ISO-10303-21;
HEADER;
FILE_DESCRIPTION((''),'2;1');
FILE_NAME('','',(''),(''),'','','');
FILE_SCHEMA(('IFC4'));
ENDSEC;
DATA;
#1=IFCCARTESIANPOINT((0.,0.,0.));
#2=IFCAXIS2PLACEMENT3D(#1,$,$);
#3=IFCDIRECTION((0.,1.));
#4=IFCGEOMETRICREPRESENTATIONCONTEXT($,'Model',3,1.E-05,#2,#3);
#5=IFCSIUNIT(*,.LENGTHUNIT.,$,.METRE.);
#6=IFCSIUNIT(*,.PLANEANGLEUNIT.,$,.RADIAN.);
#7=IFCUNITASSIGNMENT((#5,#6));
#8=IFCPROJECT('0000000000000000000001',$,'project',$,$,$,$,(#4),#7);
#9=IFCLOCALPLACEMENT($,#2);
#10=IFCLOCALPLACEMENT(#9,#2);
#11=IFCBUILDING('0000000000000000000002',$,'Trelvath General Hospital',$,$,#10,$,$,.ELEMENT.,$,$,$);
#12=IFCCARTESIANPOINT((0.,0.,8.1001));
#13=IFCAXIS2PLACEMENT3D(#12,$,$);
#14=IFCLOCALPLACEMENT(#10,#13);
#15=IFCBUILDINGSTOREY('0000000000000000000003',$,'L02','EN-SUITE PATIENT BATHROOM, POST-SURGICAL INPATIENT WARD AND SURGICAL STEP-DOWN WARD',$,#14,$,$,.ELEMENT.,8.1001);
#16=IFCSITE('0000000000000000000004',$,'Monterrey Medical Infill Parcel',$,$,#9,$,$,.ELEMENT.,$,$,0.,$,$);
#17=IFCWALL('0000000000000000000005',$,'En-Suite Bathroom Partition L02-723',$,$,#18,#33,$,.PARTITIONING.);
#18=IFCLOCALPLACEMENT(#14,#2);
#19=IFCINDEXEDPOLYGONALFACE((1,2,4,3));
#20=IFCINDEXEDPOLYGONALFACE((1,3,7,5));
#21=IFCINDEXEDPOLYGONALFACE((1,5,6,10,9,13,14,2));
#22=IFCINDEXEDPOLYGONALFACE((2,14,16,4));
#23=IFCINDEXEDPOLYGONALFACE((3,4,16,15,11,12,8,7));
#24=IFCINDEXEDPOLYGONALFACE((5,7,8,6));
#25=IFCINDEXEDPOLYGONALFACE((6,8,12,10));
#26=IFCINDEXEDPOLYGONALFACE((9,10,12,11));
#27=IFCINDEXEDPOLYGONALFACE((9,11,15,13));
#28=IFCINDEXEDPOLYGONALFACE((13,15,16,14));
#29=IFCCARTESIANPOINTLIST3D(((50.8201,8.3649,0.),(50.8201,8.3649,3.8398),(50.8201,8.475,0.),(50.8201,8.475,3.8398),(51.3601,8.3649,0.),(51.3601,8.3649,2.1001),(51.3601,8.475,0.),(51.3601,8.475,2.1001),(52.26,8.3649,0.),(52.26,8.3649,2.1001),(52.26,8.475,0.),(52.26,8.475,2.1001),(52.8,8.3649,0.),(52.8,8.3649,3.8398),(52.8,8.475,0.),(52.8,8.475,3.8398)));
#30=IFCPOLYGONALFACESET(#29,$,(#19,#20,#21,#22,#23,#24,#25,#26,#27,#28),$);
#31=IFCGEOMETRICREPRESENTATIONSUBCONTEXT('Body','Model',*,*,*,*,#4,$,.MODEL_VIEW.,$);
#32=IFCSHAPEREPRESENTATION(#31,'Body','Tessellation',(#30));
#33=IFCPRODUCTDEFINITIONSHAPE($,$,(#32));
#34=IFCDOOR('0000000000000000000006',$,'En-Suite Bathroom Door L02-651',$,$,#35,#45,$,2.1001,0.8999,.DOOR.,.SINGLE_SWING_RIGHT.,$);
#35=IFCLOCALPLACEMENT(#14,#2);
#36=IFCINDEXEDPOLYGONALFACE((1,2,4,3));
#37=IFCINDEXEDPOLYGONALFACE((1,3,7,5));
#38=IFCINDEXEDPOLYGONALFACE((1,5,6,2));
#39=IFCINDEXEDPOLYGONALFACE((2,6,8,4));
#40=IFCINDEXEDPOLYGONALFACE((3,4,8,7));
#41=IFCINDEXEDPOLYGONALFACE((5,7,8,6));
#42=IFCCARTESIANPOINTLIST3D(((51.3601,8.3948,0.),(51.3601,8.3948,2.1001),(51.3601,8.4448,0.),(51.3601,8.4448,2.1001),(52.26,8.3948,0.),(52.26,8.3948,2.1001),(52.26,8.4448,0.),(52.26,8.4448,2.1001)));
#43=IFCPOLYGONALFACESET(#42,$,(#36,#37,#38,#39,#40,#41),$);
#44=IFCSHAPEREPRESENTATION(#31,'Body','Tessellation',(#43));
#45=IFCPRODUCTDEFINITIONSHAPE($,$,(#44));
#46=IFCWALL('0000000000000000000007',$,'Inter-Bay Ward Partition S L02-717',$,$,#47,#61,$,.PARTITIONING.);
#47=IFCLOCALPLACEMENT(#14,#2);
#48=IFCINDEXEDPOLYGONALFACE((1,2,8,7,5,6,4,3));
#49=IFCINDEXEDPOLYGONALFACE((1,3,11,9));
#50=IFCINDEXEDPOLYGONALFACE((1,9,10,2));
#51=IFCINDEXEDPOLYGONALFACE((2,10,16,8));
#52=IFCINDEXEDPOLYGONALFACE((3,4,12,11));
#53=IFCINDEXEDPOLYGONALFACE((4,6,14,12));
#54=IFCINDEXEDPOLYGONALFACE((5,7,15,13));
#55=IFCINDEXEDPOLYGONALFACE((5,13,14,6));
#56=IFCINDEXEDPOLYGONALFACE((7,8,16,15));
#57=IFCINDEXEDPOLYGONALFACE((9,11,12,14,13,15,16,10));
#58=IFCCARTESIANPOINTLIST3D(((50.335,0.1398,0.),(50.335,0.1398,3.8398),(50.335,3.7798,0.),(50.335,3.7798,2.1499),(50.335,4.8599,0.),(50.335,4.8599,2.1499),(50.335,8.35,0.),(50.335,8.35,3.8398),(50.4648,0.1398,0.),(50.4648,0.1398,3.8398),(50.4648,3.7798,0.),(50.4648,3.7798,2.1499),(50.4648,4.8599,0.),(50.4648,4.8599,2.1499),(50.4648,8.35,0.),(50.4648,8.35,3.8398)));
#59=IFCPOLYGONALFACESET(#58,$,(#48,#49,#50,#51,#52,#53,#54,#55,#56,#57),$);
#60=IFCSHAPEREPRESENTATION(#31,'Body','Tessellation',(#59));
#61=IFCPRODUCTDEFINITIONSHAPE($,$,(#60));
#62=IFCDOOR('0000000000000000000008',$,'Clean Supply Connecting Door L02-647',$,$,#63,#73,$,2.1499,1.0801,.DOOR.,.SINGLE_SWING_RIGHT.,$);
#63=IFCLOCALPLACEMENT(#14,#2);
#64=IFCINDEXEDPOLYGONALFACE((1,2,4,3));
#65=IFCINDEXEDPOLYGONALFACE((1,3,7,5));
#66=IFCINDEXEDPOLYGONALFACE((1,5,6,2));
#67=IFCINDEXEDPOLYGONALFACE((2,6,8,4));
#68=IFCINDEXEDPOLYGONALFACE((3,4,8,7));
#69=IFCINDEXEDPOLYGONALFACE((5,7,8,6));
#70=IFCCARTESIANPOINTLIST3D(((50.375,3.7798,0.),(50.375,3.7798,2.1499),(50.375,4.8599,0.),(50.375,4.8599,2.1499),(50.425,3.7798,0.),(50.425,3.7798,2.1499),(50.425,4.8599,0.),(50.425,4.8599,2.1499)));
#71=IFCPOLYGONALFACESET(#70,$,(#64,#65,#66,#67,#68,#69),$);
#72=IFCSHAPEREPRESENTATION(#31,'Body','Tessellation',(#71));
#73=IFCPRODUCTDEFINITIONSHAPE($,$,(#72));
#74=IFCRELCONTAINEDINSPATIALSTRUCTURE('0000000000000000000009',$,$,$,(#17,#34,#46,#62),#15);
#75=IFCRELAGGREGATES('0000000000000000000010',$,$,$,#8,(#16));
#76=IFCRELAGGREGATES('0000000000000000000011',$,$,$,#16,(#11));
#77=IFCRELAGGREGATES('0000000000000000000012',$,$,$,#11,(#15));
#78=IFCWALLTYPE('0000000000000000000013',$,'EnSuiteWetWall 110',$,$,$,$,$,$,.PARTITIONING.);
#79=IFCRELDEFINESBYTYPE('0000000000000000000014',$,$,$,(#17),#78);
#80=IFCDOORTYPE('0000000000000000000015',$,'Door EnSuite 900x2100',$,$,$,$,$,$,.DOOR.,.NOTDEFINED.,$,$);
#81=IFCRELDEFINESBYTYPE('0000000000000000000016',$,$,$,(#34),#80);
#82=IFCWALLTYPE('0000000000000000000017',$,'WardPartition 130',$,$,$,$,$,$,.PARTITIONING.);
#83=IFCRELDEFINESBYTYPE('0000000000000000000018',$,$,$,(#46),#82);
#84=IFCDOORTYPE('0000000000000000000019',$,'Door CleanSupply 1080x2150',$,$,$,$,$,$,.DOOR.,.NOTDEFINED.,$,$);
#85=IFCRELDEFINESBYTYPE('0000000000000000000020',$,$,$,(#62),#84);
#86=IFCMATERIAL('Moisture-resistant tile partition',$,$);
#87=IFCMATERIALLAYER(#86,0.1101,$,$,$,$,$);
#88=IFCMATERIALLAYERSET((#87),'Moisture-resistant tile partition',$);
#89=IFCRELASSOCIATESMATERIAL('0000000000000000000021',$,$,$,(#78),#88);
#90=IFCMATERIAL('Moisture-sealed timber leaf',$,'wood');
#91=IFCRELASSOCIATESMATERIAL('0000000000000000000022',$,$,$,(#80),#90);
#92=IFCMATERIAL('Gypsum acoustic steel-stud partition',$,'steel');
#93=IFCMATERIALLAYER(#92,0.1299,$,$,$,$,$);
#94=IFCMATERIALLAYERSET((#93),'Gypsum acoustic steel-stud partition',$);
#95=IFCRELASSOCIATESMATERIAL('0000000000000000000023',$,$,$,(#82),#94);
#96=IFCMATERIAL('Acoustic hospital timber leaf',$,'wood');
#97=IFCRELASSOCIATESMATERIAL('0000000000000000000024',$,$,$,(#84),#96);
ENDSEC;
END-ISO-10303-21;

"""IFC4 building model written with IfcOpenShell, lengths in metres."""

from ifc_helpers import new_model, si_unit, direction, frame, frame_2d, origin, place, context, subcontext, project, spatial, rectangle, extrude, material, layer, layer_set, type_object, element, fill, save


model = new_model("IFC4")

# Units and contexts
model_context = context("Model", 3, precision=1e-05, world=origin(), true_north=direction((0.0, 1.0)))
body_context = subcontext(model_context, "Body", "Model", "MODEL_VIEW")
ifc_project = project(units=[si_unit("LENGTHUNIT", "METRE"), si_unit("PLANEANGLEUNIT", "RADIAN")], contexts=[model_context])

# Site, building, storey
site_placement = place(None, origin())
site = spatial("IfcSite", under=ifc_project, at=site_placement, Name="Monterrey Medical Infill Parcel", CompositionType="ELEMENT", RefElevation=0.0)
building_placement = place(site_placement, origin())
building = spatial("IfcBuilding", under=site, at=building_placement, Name="Trelvath General Hospital", CompositionType="ELEMENT")
storey_placement = place(building_placement, frame((0.0, 0.0, 8.1001)))
storey = spatial("IfcBuildingStorey", under=building, at=storey_placement, Name="L02", Description="EN-SUITE PATIENT BATHROOM, POST-SURGICAL INPATIENT WARD AND SURGICAL STEP-DOWN WARD", CompositionType="ELEMENT", Elevation=8.1001)

# Shared definitions
ifc_material_1 = material(Name="Moisture-resistant tile partition")
ifc_layer_1 = layer(ifc_material_1, 0.1101)
ifc_layer_set_1 = layer_set([ifc_layer_1], Name="Moisture-resistant tile partition")
wall_type_1 = type_object("IfcWallType", Name="EnSuiteWetWall 110", PredefinedType="PARTITIONING", material=ifc_layer_set_1)

# Walls, openings, doors
wall_1_placement = place(storey_placement, frame((50.8201, 8.4199, 0.0), z_axis=(0.0, 0.0, 1.0), x_axis=(1.0, 0.0, 0.0)))
wall_1 = element("IfcWall", 1, at=wall_1_placement, inside=storey, type_object=wall_type_1, Name="En-Suite Bathroom Partition L02-723", PredefinedType="PARTITIONING", context=body_context, shape_type="SweptSolid", body=[
    extrude(rectangle(XDim=1.98, YDim=0.1101, at=frame_2d((0.99, 0.0))), origin(), (0.0, 0.0, 1.0), 3.8398),
])
opening_1_placement = place(wall_1_placement, frame((0.54, 0.0, 0.0)))
opening_1 = element("IfcOpeningElement", 2, at=opening_1_placement, cuts=wall_1, PredefinedType="OPENING", context=body_context, shape_type="SweptSolid", body=[
    extrude(rectangle(XDim=0.8999, YDim=2.1001, at=frame_2d((0.45, 1.05))), frame((0.0, 0.0649, 0.0), z_axis=(0.0, -1.0, 0.0), x_axis=(1.0, 0.0, 0.0)), (0.0, 0.0, 1.0), 0.1301),
])
ifc_material_2 = material(Name="Moisture-sealed timber leaf", Category="wood")
door_type_1 = type_object("IfcDoorType", Name="Door EnSuite 900x2100", OperationType="NOTDEFINED", PredefinedType="DOOR", material=ifc_material_2)
door_1_placement = place(opening_1_placement, origin())
door_1 = element("IfcDoor", 3, at=door_1_placement, inside=storey, type_object=door_type_1, Name="En-Suite Bathroom Door L02-651", OperationType="SINGLE_SWING_RIGHT", OverallHeight=2.1001, OverallWidth=0.8999, PredefinedType="DOOR", context=body_context, shape_type="SweptSolid", body=[
    extrude(rectangle(XDim=0.8999, YDim=2.1001, at=frame_2d((0.45, 1.05))), frame((0.0, 0.0249, 0.0), z_axis=(0.0, -1.0, 0.0), x_axis=(1.0, 0.0, 0.0)), (0.0, 0.0, 1.0), 0.05),
])
fill(opening_1, door_1)
ifc_material_3 = material(Name="Gypsum acoustic steel-stud partition", Category="steel")
ifc_layer_2 = layer(ifc_material_3, 0.1299)
ifc_layer_set_2 = layer_set([ifc_layer_2], Name="Gypsum acoustic steel-stud partition")
wall_type_2 = type_object("IfcWallType", Name="WardPartition 130", PredefinedType="PARTITIONING", material=ifc_layer_set_2)
wall_2_placement = place(storey_placement, frame((50.3999, 0.1399, 0.0), z_axis=(0.0, 0.0, 1.0), x_axis=(0.0, 1.0, 0.0)))
wall_2 = element("IfcWall", 4, at=wall_2_placement, inside=storey, type_object=wall_type_2, Name="Inter-Bay Ward Partition S L02-717", PredefinedType="PARTITIONING", context=body_context, shape_type="SweptSolid", body=[
    extrude(rectangle(XDim=8.2102, YDim=0.1299, at=frame_2d((4.105, 0.0))), origin(), (0.0, 0.0, 1.0), 3.8398),
])
opening_2_placement = place(wall_2_placement, frame((3.6399, 0.0, 0.0)))
opening_2 = element("IfcOpeningElement", 5, at=opening_2_placement, cuts=wall_2, PredefinedType="OPENING", context=body_context, shape_type="SweptSolid", body=[
    extrude(rectangle(XDim=1.0801, YDim=2.1499, at=frame_2d((0.54, 1.075))), frame((0.0, 0.075, 0.0), z_axis=(0.0, -1.0, 0.0), x_axis=(1.0, 0.0, 0.0)), (0.0, 0.0, 1.0), 0.1499),
])
ifc_material_4 = material(Name="Acoustic hospital timber leaf", Category="wood")
door_type_2 = type_object("IfcDoorType", Name="Door CleanSupply 1080x2150", OperationType="NOTDEFINED", PredefinedType="DOOR", material=ifc_material_4)
door_2_placement = place(opening_2_placement, origin())
door_2 = element("IfcDoor", 6, at=door_2_placement, inside=storey, type_object=door_type_2, Name="Clean Supply Connecting Door L02-647", OperationType="SINGLE_SWING_RIGHT", OverallHeight=2.1499, OverallWidth=1.0801, PredefinedType="DOOR", context=body_context, shape_type="SweptSolid", body=[
    extrude(rectangle(XDim=1.0801, YDim=2.1499, at=frame_2d((0.54, 1.075))), frame((0.0, 0.0249, 0.0), z_axis=(0.0, -1.0, 0.0), x_axis=(1.0, 0.0, 0.0)), (0.0, 0.0, 1.0), 0.05),
])
fill(opening_2, door_2)

save(model, "model.ifc")
